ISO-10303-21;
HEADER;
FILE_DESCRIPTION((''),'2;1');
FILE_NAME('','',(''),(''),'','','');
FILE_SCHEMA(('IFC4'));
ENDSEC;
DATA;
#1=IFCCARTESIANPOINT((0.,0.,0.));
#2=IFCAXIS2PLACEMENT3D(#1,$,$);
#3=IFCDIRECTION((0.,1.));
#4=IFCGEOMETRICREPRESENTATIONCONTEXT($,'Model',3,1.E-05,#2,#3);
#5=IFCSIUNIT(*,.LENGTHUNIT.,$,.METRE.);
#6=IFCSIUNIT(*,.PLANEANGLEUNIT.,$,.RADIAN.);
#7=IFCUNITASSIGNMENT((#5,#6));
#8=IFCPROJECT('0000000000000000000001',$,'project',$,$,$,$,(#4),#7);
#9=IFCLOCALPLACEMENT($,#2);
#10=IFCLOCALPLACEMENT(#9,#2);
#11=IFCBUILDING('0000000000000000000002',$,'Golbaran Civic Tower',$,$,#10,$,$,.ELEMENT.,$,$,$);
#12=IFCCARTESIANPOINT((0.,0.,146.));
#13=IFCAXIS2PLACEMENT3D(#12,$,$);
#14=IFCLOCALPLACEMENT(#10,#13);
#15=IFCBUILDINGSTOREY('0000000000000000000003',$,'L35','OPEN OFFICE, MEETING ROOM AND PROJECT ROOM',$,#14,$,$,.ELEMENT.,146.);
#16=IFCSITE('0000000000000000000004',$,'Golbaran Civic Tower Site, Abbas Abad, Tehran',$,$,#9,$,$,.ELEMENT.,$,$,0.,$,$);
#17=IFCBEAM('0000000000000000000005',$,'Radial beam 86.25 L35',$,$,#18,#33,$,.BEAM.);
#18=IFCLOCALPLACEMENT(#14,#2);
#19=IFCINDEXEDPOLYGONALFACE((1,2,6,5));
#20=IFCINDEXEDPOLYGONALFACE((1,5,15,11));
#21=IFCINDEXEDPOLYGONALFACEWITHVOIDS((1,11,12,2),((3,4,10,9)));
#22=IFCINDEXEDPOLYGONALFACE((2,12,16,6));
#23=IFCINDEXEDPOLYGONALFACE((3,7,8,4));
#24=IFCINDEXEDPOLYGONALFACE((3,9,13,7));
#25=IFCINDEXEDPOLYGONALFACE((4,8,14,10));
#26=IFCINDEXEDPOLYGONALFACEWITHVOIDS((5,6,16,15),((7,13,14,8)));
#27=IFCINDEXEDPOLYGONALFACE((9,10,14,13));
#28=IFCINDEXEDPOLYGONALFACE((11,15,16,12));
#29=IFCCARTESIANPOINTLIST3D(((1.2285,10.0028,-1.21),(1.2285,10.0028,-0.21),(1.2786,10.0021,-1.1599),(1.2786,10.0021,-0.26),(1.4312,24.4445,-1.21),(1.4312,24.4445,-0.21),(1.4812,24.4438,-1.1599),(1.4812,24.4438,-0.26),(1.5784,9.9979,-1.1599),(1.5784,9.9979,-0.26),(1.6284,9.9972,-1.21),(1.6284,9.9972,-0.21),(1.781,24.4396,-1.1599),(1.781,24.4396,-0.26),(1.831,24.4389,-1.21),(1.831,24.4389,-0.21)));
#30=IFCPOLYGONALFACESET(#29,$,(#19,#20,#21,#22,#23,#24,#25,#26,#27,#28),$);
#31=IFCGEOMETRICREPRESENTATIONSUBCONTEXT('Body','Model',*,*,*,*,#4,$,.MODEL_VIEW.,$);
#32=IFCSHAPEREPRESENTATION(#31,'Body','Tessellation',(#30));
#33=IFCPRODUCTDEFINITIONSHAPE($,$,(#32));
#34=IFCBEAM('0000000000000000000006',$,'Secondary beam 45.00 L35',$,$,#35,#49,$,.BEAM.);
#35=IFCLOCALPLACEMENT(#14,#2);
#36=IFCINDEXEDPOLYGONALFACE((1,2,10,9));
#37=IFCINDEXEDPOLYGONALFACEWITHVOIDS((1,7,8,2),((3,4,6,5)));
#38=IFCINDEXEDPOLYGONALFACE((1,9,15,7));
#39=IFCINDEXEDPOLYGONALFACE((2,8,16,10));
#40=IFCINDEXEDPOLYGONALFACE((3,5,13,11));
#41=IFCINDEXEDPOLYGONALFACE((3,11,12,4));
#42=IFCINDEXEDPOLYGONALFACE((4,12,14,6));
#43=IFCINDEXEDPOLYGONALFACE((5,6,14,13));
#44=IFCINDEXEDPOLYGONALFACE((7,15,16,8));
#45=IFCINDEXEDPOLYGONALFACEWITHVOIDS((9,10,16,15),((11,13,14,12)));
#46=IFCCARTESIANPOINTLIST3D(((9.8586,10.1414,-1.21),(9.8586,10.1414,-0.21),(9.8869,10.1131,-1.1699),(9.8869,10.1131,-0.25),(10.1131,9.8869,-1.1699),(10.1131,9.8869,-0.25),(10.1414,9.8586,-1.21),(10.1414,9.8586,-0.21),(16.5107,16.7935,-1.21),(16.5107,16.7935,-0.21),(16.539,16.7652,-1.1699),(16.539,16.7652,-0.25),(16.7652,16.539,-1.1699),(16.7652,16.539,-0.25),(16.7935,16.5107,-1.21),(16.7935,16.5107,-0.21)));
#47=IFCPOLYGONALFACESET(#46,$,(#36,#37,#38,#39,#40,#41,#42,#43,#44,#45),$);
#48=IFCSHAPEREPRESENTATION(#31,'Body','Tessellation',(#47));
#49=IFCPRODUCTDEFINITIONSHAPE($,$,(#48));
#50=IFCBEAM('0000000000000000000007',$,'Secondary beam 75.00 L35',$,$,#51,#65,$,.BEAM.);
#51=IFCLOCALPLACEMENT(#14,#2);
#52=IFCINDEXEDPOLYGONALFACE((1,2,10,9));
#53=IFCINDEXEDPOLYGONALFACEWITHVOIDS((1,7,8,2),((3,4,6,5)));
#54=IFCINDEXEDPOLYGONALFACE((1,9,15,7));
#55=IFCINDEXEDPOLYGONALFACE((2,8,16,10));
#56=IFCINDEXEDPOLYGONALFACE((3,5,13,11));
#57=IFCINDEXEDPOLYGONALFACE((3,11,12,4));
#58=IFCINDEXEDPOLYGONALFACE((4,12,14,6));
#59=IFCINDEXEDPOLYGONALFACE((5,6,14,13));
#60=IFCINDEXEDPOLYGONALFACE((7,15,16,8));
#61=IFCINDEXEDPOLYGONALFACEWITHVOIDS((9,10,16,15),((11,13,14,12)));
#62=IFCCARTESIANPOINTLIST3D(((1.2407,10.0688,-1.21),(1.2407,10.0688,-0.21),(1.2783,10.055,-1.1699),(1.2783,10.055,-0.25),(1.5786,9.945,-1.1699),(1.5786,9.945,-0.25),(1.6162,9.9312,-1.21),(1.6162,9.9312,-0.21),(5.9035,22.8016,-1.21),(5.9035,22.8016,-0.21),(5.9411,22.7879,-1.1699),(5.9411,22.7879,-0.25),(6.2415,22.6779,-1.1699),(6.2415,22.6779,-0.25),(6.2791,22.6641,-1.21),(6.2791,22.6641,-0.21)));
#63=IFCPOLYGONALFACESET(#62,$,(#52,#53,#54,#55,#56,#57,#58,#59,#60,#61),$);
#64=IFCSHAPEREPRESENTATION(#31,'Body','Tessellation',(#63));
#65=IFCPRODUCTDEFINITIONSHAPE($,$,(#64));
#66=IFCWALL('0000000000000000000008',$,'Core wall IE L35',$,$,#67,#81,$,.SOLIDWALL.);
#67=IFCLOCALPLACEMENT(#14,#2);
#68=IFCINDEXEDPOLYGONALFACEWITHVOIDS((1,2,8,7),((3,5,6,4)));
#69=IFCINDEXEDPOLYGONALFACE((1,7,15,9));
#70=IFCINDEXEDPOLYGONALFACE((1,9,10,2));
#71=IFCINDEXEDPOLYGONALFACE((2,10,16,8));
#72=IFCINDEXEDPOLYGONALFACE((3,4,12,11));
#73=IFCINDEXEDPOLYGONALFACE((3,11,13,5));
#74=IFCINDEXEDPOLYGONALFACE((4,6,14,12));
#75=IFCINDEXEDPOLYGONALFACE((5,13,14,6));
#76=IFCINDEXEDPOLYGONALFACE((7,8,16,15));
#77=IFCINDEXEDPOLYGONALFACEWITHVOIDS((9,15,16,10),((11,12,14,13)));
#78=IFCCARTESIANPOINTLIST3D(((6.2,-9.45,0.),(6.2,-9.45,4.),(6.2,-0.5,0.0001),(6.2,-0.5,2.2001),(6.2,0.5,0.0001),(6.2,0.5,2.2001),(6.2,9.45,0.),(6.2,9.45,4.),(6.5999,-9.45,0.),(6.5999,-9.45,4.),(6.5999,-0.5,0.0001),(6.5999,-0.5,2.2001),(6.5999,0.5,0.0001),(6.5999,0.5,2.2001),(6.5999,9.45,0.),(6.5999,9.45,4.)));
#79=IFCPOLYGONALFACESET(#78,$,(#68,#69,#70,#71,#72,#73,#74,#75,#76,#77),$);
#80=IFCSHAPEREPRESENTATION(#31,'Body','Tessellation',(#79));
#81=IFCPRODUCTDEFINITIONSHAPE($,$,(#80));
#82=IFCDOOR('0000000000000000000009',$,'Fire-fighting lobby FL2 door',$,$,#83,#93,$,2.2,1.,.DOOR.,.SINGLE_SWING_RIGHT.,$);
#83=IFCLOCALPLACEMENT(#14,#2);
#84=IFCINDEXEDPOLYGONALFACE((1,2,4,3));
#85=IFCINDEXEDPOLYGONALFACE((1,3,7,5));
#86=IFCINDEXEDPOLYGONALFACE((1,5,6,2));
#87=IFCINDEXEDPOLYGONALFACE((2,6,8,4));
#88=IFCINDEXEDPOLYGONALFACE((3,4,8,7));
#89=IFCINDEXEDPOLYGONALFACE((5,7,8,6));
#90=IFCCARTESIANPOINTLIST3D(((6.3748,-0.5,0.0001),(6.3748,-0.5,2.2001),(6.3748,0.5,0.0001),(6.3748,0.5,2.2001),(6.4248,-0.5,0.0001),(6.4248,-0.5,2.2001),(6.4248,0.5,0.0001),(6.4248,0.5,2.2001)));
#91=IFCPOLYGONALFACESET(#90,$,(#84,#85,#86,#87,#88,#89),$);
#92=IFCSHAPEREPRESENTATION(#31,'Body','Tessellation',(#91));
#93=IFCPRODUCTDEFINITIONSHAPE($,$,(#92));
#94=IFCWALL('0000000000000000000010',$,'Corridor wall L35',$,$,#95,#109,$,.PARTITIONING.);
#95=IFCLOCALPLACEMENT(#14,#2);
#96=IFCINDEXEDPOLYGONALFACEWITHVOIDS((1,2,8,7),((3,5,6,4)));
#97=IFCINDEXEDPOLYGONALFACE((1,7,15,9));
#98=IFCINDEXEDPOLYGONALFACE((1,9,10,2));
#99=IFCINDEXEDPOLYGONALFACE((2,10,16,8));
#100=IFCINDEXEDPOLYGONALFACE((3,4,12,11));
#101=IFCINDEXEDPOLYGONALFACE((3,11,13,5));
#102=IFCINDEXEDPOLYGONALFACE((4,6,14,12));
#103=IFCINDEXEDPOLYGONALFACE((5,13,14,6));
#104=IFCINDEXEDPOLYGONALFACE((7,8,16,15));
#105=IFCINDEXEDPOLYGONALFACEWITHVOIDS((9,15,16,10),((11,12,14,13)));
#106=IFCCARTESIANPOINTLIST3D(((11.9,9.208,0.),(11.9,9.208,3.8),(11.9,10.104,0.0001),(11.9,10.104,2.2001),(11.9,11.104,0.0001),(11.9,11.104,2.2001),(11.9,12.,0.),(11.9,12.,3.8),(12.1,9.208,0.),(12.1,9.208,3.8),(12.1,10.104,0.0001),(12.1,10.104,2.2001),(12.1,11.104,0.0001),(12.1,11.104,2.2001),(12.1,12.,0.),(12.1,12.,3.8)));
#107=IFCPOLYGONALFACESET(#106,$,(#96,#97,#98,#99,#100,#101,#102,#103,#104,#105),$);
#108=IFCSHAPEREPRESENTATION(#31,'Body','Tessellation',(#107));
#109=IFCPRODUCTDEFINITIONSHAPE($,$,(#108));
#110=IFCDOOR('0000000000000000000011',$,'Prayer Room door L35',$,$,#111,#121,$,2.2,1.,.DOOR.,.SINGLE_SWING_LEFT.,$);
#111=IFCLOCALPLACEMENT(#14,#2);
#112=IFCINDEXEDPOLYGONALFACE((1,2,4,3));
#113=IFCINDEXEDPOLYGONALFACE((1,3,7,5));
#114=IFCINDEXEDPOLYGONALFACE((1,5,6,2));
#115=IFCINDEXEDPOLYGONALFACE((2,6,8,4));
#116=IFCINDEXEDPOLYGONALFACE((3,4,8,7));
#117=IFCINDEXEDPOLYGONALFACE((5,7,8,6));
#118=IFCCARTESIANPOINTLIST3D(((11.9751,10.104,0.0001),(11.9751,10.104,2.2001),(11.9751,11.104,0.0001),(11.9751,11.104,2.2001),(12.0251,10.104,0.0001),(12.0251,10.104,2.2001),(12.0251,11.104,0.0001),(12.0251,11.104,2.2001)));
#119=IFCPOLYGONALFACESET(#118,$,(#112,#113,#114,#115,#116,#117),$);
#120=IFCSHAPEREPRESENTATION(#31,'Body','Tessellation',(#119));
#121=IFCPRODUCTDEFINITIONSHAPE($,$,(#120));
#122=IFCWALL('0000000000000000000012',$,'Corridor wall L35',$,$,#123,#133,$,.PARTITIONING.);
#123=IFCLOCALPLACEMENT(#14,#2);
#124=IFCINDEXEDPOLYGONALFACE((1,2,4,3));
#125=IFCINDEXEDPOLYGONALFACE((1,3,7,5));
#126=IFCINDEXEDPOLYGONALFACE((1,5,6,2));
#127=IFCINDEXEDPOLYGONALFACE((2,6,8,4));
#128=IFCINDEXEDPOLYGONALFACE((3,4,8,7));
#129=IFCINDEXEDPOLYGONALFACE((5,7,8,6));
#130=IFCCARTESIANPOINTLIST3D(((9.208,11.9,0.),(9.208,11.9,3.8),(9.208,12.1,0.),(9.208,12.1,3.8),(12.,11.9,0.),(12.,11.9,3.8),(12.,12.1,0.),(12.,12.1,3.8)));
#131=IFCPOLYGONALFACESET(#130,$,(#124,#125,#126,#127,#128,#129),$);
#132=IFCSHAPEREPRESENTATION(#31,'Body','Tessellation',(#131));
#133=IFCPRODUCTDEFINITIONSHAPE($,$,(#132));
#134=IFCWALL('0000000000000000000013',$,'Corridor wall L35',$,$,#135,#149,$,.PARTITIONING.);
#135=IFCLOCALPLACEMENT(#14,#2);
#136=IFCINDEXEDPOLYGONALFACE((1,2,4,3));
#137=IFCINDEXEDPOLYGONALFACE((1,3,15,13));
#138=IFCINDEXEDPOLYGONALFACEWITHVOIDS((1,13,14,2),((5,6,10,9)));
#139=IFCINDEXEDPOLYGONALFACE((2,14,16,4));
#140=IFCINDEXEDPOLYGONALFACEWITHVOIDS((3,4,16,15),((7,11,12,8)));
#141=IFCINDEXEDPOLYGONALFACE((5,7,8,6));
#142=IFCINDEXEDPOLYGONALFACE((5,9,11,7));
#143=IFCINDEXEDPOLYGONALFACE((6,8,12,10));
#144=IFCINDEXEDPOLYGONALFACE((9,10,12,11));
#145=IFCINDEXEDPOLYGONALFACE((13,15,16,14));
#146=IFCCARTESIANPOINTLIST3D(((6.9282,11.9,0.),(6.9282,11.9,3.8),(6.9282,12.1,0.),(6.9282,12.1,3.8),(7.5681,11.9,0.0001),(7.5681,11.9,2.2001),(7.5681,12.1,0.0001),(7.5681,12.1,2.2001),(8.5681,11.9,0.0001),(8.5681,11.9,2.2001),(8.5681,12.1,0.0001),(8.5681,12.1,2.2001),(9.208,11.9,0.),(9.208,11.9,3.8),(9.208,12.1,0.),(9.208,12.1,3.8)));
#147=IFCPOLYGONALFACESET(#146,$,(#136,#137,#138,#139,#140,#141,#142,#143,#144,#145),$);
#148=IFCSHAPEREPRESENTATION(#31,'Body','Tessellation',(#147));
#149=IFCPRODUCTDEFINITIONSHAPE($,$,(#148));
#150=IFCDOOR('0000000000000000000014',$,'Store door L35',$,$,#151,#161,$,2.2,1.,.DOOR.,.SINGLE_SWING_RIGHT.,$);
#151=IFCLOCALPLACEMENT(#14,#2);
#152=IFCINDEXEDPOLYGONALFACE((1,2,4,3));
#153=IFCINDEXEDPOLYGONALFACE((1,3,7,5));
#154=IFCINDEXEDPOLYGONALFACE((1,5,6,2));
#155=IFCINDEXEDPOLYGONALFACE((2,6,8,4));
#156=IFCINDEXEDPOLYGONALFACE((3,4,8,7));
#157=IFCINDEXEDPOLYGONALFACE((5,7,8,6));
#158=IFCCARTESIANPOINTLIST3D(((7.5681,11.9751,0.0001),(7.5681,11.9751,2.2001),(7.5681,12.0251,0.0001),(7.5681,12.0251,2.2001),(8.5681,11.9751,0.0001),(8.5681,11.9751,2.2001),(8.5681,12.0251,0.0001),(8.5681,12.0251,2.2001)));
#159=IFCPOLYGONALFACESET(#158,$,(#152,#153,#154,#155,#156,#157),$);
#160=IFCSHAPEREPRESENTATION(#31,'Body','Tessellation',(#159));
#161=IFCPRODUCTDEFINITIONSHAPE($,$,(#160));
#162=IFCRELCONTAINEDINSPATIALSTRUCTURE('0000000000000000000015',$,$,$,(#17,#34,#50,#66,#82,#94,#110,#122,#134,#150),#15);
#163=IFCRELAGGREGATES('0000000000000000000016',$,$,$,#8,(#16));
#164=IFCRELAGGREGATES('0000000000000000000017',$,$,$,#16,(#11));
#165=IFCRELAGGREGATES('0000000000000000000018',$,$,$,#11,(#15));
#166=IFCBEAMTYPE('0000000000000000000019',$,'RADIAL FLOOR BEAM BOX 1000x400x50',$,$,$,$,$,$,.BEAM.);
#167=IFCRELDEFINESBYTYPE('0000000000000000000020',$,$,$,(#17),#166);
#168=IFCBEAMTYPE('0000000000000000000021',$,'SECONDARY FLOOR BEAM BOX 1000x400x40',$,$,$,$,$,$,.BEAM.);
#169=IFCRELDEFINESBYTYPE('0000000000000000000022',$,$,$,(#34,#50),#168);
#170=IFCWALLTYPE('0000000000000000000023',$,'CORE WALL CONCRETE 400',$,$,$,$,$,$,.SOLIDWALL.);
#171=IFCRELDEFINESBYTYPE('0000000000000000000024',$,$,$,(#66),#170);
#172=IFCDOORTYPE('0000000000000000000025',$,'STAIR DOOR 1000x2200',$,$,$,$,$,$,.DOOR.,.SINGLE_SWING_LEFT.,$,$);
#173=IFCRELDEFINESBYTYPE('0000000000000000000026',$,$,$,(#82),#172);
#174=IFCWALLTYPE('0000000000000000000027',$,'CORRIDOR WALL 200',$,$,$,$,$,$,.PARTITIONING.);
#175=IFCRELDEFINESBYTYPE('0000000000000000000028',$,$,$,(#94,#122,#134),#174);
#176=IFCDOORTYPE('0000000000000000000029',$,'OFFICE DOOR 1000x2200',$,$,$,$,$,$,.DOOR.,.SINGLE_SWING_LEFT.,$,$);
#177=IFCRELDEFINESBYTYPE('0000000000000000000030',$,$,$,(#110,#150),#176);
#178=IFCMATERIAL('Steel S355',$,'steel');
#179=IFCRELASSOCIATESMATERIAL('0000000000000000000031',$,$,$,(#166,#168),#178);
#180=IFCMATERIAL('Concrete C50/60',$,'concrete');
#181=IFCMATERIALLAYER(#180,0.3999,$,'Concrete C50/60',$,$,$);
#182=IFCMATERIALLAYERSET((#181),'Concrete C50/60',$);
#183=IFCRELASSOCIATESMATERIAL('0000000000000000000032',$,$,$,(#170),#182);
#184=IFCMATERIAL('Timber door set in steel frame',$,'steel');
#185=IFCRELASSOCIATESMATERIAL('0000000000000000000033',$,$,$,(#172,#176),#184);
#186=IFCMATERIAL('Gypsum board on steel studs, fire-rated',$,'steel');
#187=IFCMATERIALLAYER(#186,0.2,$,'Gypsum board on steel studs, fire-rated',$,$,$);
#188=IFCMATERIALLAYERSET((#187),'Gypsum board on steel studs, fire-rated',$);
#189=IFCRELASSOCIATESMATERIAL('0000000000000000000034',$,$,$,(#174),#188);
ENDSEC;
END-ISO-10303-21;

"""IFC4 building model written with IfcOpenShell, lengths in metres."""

from ifc_helpers import new_model, si_unit, direction, frame, frame_2d, origin, origin_2d, place, context, subcontext, project, spatial, rectangle, hollow_rectangle, extrude, material, layer, layer_set, material_profile, profile_set, type_object, element, fill, save


model = new_model("IFC4")

# Units and contexts
model_context = context("Model", 3, precision=1e-05, world=origin(), true_north=direction((0.0, 1.0)))
body_context = subcontext(model_context, "Body", "Model", "MODEL_VIEW")
ifc_project = project(units=[si_unit("LENGTHUNIT", "METRE"), si_unit("PLANEANGLEUNIT", "RADIAN")], contexts=[model_context])

# Site, building, storey
site_placement = place(None, origin())
site = spatial("IfcSite", under=ifc_project, at=site_placement, Name="Golbaran Civic Tower Site, Abbas Abad, Tehran", CompositionType="ELEMENT", RefElevation=0.0)
building_placement = place(site_placement, origin())
building = spatial("IfcBuilding", under=site, at=building_placement, Name="Golbaran Civic Tower", CompositionType="ELEMENT")
storey_placement = place(building_placement, frame((0.0, 0.0, 146.0)))
storey = spatial("IfcBuildingStorey", under=building, at=storey_placement, Name="L35", Description="OPEN OFFICE, MEETING ROOM AND PROJECT ROOM", CompositionType="ELEMENT", Elevation=146.0)

# Beams
ifc_material_1 = material(Name="Steel S355", Category="steel")
ifc_material_profile_1 = material_profile(ifc_material_1, hollow_rectangle(XDim=0.3999, YDim=1.0, WallThickness=0.05, at=origin_2d()), Name="BOX 1000x400x50")
ifc_profile_set_1 = profile_set([ifc_material_profile_1], Name="Steel S355")
beam_type_1 = type_object("IfcBeamType", Name="RADIAL FLOOR BEAM BOX 1000x400x50", PredefinedType="BEAM", material=ifc_profile_set_1)
beam_1_placement = place(storey_placement, frame((1.4285, 10.0, -0.71), z_axis=(0.01403, 0.999902, 0.0), x_axis=(-0.999902, 0.01403, 0.0)))
element("IfcBeam", 1, at=beam_1_placement, inside=storey, type_object=beam_type_1, Name="Radial beam 86.25 L35", PredefinedType="BEAM", context=body_context, shape_type="SweptSolid", body=[
    extrude(hollow_rectangle(XDim=0.3999, YDim=1.0, WallThickness=0.05, at=origin_2d()), origin(), (0.0, 0.0, 1.0), 14.4431),
])
ifc_material_profile_2 = material_profile(ifc_material_1, hollow_rectangle(XDim=0.3999, YDim=1.0, WallThickness=0.04, at=origin_2d()), Name="BOX 1000x400x40")
ifc_profile_set_2 = profile_set([ifc_material_profile_2], Name="Steel S355")
beam_type_2 = type_object("IfcBeamType", Name="SECONDARY FLOOR BEAM BOX 1000x400x40", PredefinedType="BEAM", material=ifc_profile_set_2)
beam_2_placement = place(storey_placement, frame((10.0, 10.0, -0.71), z_axis=(0.707107, 0.707107, 0.0), x_axis=(-0.707107, 0.707107, 0.0)))
element("IfcBeam", 2, at=beam_2_placement, inside=storey, type_object=beam_type_2, Name="Secondary beam 45.00 L35", PredefinedType="BEAM", context=body_context, shape_type="SweptSolid", body=[
    extrude(hollow_rectangle(XDim=0.3999, YDim=1.0, WallThickness=0.04, at=origin_2d()), origin(), (0.0, 0.0, 1.0), 9.4075),
])
beam_3_placement = place(storey_placement, frame((1.4285, 10.0, -0.71), z_axis=(0.343872, 0.939017, 0.0), x_axis=(-0.939017, 0.343872, 0.0)))
element("IfcBeam", 3, at=beam_3_placement, inside=storey, type_object=beam_type_2, Name="Secondary beam 75.00 L35", PredefinedType="BEAM", context=body_context, shape_type="SweptSolid", body=[
    extrude(hollow_rectangle(XDim=0.3999, YDim=1.0, WallThickness=0.04, at=origin_2d()), origin(), (0.0, 0.0, 1.0), 13.5598),
])

# Walls, openings, doors
ifc_material_2 = material(Name="Concrete C50/60", Category="concrete")
ifc_layer_1 = layer(ifc_material_2, 0.3999, Name="Concrete C50/60")
ifc_layer_set_1 = layer_set([ifc_layer_1], Name="Concrete C50/60")
wall_type_1 = type_object("IfcWallType", Name="CORE WALL CONCRETE 400", PredefinedType="SOLIDWALL", material=ifc_layer_set_1)
wall_1_placement = place(storey_placement, frame((6.3999, 9.45, 0.0), z_axis=(0.0, 0.0, 1.0), x_axis=(0.0, -1.0, 0.0)))
wall_1 = element("IfcWall", 4, at=wall_1_placement, inside=storey, type_object=wall_type_1, Name="Core wall IE L35", PredefinedType="SOLIDWALL", context=body_context, shape_type="SweptSolid", body=[
    extrude(rectangle(XDim=18.8999, YDim=0.3999, at=frame_2d((9.45, 0.0))), origin(), (0.0, 0.0, 1.0), 4.0),
])
opening_1_placement = place(wall_1_placement, frame((8.95, 0.0, 0.0)))
opening_1 = element("IfcOpeningElement", 5, at=opening_1_placement, cuts=wall_1, PredefinedType="OPENING", context=body_context, shape_type="SweptSolid", body=[
    extrude(rectangle(XDim=1.0, YDim=2.2, at=frame_2d((0.5, 1.1001))), frame((0.0, 0.21, 0.0), z_axis=(0.0, -1.0, 0.0), x_axis=(1.0, 0.0, 0.0)), (0.0, 0.0, 1.0), 0.4199),
])
ifc_material_3 = material(Name="Timber door set in steel frame", Category="steel")
door_type_1 = type_object("IfcDoorType", Name="STAIR DOOR 1000x2200", OperationType="SINGLE_SWING_LEFT", PredefinedType="DOOR", material=ifc_material_3)
door_1_placement = place(opening_1_placement, origin())
door_1 = element("IfcDoor", 6, at=door_1_placement, inside=storey, type_object=door_type_1, Name="Fire-fighting lobby FL2 door", OperationType="SINGLE_SWING_RIGHT", OverallHeight=2.2, OverallWidth=1.0, PredefinedType="DOOR", context=body_context, shape_type="SweptSolid", body=[
    extrude(rectangle(XDim=1.0, YDim=2.2, at=frame_2d((0.5, 1.1001))), frame((0.0, 0.0249, 0.0), z_axis=(0.0, -1.0, 0.0), x_axis=(1.0, 0.0, 0.0)), (0.0, 0.0, 1.0), 0.05),
])
fill(opening_1, door_1)
ifc_material_4 = material(Name="Gypsum board on steel studs, fire-rated", Category="steel")
ifc_layer_2 = layer(ifc_material_4, 0.2, Name="Gypsum board on steel studs, fire-rated")
ifc_layer_set_2 = layer_set([ifc_layer_2], Name="Gypsum board on steel studs, fire-rated")
wall_type_2 = type_object("IfcWallType", Name="CORRIDOR WALL 200", PredefinedType="PARTITIONING", material=ifc_layer_set_2)
wall_2_placement = place(storey_placement, frame((12.0, 9.208, 0.0), z_axis=(0.0, 0.0, 1.0), x_axis=(0.0, 1.0, 0.0)))
wall_2 = element("IfcWall", 7, at=wall_2_placement, inside=storey, type_object=wall_type_2, Name="Corridor wall L35", PredefinedType="PARTITIONING", context=body_context, shape_type="SweptSolid", body=[
    extrude(rectangle(XDim=2.792, YDim=0.2, at=frame_2d((1.396, 0.0))), origin(), (0.0, 0.0, 1.0), 3.8),
])
opening_2_placement = place(wall_2_placement, frame((0.896, 0.0, 0.0)))
opening_2 = element("IfcOpeningElement", 8, at=opening_2_placement, cuts=wall_2, PredefinedType="OPENING", context=body_context, shape_type="SweptSolid", body=[
    extrude(rectangle(XDim=1.0, YDim=2.2, at=frame_2d((0.5, 1.1001))), frame((0.0, 0.1099, 0.0), z_axis=(0.0, -1.0, 0.0), x_axis=(1.0, 0.0, 0.0)), (0.0, 0.0, 1.0), 0.22),
])
door_type_2 = type_object("IfcDoorType", Name="OFFICE DOOR 1000x2200", OperationType="SINGLE_SWING_LEFT", PredefinedType="DOOR", material=ifc_material_3)
door_2_placement = place(opening_2_placement, origin())
door_2 = element("IfcDoor", 9, at=door_2_placement, inside=storey, type_object=door_type_2, Name="Prayer Room door L35", OperationType="SINGLE_SWING_LEFT", OverallHeight=2.2, OverallWidth=1.0, PredefinedType="DOOR", context=body_context, shape_type="SweptSolid", body=[
    extrude(rectangle(XDim=1.0, YDim=2.2, at=frame_2d((0.5, 1.1001))), frame((0.0, 0.0249, 0.0), z_axis=(0.0, -1.0, 0.0), x_axis=(1.0, 0.0, 0.0)), (0.0, 0.0, 1.0), 0.05),
])
fill(opening_2, door_2)

# Wall
wall_3_placement = place(storey_placement, frame((12.0, 12.0, 0.0), z_axis=(0.0, 0.0, 1.0), x_axis=(-1.0, 0.0, 0.0)))
element("IfcWall", 10, at=wall_3_placement, inside=storey, type_object=wall_type_2, Name="Corridor wall L35", PredefinedType="PARTITIONING", context=body_context, shape_type="SweptSolid", body=[
    extrude(rectangle(XDim=2.792, YDim=0.2, at=frame_2d((1.396, 0.0))), origin(), (0.0, 0.0, 1.0), 3.8),
])

# Wall, opening, door
wall_4_placement = place(storey_placement, frame((9.208, 12.0, 0.0), z_axis=(0.0, 0.0, 1.0), x_axis=(-1.0, 0.0, 0.0)))
wall_4 = element("IfcWall", 11, at=wall_4_placement, inside=storey, type_object=wall_type_2, Name="Corridor wall L35", PredefinedType="PARTITIONING", context=body_context, shape_type="SweptSolid", body=[
    extrude(rectangle(XDim=2.2798, YDim=0.2, at=frame_2d((1.1399, 0.0))), origin(), (0.0, 0.0, 1.0), 3.8),
])
opening_3_placement = place(wall_4_placement, frame((0.6399, 0.0, 0.0)))
opening_3 = element("IfcOpeningElement", 12, at=opening_3_placement, cuts=wall_4, PredefinedType="OPENING", context=body_context, shape_type="SweptSolid", body=[
    extrude(rectangle(XDim=1.0, YDim=2.2, at=frame_2d((0.5, 1.1001))), frame((0.0, 0.1099, 0.0), z_axis=(0.0, -1.0, 0.0), x_axis=(1.0, 0.0, 0.0)), (0.0, 0.0, 1.0), 0.22),
])
door_3_placement = place(opening_3_placement, origin())
door_3 = element("IfcDoor", 13, at=door_3_placement, inside=storey, type_object=door_type_2, Name="Store door L35", OperationType="SINGLE_SWING_RIGHT", OverallHeight=2.2, OverallWidth=1.0, PredefinedType="DOOR", context=body_context, shape_type="SweptSolid", body=[
    extrude(rectangle(XDim=1.0, YDim=2.2, at=frame_2d((0.5, 1.1001))), frame((0.0, 0.0249, 0.0), z_axis=(0.0, -1.0, 0.0), x_axis=(1.0, 0.0, 0.0)), (0.0, 0.0, 1.0), 0.05),
])
fill(opening_3, door_3)

save(model, "model.ifc")
